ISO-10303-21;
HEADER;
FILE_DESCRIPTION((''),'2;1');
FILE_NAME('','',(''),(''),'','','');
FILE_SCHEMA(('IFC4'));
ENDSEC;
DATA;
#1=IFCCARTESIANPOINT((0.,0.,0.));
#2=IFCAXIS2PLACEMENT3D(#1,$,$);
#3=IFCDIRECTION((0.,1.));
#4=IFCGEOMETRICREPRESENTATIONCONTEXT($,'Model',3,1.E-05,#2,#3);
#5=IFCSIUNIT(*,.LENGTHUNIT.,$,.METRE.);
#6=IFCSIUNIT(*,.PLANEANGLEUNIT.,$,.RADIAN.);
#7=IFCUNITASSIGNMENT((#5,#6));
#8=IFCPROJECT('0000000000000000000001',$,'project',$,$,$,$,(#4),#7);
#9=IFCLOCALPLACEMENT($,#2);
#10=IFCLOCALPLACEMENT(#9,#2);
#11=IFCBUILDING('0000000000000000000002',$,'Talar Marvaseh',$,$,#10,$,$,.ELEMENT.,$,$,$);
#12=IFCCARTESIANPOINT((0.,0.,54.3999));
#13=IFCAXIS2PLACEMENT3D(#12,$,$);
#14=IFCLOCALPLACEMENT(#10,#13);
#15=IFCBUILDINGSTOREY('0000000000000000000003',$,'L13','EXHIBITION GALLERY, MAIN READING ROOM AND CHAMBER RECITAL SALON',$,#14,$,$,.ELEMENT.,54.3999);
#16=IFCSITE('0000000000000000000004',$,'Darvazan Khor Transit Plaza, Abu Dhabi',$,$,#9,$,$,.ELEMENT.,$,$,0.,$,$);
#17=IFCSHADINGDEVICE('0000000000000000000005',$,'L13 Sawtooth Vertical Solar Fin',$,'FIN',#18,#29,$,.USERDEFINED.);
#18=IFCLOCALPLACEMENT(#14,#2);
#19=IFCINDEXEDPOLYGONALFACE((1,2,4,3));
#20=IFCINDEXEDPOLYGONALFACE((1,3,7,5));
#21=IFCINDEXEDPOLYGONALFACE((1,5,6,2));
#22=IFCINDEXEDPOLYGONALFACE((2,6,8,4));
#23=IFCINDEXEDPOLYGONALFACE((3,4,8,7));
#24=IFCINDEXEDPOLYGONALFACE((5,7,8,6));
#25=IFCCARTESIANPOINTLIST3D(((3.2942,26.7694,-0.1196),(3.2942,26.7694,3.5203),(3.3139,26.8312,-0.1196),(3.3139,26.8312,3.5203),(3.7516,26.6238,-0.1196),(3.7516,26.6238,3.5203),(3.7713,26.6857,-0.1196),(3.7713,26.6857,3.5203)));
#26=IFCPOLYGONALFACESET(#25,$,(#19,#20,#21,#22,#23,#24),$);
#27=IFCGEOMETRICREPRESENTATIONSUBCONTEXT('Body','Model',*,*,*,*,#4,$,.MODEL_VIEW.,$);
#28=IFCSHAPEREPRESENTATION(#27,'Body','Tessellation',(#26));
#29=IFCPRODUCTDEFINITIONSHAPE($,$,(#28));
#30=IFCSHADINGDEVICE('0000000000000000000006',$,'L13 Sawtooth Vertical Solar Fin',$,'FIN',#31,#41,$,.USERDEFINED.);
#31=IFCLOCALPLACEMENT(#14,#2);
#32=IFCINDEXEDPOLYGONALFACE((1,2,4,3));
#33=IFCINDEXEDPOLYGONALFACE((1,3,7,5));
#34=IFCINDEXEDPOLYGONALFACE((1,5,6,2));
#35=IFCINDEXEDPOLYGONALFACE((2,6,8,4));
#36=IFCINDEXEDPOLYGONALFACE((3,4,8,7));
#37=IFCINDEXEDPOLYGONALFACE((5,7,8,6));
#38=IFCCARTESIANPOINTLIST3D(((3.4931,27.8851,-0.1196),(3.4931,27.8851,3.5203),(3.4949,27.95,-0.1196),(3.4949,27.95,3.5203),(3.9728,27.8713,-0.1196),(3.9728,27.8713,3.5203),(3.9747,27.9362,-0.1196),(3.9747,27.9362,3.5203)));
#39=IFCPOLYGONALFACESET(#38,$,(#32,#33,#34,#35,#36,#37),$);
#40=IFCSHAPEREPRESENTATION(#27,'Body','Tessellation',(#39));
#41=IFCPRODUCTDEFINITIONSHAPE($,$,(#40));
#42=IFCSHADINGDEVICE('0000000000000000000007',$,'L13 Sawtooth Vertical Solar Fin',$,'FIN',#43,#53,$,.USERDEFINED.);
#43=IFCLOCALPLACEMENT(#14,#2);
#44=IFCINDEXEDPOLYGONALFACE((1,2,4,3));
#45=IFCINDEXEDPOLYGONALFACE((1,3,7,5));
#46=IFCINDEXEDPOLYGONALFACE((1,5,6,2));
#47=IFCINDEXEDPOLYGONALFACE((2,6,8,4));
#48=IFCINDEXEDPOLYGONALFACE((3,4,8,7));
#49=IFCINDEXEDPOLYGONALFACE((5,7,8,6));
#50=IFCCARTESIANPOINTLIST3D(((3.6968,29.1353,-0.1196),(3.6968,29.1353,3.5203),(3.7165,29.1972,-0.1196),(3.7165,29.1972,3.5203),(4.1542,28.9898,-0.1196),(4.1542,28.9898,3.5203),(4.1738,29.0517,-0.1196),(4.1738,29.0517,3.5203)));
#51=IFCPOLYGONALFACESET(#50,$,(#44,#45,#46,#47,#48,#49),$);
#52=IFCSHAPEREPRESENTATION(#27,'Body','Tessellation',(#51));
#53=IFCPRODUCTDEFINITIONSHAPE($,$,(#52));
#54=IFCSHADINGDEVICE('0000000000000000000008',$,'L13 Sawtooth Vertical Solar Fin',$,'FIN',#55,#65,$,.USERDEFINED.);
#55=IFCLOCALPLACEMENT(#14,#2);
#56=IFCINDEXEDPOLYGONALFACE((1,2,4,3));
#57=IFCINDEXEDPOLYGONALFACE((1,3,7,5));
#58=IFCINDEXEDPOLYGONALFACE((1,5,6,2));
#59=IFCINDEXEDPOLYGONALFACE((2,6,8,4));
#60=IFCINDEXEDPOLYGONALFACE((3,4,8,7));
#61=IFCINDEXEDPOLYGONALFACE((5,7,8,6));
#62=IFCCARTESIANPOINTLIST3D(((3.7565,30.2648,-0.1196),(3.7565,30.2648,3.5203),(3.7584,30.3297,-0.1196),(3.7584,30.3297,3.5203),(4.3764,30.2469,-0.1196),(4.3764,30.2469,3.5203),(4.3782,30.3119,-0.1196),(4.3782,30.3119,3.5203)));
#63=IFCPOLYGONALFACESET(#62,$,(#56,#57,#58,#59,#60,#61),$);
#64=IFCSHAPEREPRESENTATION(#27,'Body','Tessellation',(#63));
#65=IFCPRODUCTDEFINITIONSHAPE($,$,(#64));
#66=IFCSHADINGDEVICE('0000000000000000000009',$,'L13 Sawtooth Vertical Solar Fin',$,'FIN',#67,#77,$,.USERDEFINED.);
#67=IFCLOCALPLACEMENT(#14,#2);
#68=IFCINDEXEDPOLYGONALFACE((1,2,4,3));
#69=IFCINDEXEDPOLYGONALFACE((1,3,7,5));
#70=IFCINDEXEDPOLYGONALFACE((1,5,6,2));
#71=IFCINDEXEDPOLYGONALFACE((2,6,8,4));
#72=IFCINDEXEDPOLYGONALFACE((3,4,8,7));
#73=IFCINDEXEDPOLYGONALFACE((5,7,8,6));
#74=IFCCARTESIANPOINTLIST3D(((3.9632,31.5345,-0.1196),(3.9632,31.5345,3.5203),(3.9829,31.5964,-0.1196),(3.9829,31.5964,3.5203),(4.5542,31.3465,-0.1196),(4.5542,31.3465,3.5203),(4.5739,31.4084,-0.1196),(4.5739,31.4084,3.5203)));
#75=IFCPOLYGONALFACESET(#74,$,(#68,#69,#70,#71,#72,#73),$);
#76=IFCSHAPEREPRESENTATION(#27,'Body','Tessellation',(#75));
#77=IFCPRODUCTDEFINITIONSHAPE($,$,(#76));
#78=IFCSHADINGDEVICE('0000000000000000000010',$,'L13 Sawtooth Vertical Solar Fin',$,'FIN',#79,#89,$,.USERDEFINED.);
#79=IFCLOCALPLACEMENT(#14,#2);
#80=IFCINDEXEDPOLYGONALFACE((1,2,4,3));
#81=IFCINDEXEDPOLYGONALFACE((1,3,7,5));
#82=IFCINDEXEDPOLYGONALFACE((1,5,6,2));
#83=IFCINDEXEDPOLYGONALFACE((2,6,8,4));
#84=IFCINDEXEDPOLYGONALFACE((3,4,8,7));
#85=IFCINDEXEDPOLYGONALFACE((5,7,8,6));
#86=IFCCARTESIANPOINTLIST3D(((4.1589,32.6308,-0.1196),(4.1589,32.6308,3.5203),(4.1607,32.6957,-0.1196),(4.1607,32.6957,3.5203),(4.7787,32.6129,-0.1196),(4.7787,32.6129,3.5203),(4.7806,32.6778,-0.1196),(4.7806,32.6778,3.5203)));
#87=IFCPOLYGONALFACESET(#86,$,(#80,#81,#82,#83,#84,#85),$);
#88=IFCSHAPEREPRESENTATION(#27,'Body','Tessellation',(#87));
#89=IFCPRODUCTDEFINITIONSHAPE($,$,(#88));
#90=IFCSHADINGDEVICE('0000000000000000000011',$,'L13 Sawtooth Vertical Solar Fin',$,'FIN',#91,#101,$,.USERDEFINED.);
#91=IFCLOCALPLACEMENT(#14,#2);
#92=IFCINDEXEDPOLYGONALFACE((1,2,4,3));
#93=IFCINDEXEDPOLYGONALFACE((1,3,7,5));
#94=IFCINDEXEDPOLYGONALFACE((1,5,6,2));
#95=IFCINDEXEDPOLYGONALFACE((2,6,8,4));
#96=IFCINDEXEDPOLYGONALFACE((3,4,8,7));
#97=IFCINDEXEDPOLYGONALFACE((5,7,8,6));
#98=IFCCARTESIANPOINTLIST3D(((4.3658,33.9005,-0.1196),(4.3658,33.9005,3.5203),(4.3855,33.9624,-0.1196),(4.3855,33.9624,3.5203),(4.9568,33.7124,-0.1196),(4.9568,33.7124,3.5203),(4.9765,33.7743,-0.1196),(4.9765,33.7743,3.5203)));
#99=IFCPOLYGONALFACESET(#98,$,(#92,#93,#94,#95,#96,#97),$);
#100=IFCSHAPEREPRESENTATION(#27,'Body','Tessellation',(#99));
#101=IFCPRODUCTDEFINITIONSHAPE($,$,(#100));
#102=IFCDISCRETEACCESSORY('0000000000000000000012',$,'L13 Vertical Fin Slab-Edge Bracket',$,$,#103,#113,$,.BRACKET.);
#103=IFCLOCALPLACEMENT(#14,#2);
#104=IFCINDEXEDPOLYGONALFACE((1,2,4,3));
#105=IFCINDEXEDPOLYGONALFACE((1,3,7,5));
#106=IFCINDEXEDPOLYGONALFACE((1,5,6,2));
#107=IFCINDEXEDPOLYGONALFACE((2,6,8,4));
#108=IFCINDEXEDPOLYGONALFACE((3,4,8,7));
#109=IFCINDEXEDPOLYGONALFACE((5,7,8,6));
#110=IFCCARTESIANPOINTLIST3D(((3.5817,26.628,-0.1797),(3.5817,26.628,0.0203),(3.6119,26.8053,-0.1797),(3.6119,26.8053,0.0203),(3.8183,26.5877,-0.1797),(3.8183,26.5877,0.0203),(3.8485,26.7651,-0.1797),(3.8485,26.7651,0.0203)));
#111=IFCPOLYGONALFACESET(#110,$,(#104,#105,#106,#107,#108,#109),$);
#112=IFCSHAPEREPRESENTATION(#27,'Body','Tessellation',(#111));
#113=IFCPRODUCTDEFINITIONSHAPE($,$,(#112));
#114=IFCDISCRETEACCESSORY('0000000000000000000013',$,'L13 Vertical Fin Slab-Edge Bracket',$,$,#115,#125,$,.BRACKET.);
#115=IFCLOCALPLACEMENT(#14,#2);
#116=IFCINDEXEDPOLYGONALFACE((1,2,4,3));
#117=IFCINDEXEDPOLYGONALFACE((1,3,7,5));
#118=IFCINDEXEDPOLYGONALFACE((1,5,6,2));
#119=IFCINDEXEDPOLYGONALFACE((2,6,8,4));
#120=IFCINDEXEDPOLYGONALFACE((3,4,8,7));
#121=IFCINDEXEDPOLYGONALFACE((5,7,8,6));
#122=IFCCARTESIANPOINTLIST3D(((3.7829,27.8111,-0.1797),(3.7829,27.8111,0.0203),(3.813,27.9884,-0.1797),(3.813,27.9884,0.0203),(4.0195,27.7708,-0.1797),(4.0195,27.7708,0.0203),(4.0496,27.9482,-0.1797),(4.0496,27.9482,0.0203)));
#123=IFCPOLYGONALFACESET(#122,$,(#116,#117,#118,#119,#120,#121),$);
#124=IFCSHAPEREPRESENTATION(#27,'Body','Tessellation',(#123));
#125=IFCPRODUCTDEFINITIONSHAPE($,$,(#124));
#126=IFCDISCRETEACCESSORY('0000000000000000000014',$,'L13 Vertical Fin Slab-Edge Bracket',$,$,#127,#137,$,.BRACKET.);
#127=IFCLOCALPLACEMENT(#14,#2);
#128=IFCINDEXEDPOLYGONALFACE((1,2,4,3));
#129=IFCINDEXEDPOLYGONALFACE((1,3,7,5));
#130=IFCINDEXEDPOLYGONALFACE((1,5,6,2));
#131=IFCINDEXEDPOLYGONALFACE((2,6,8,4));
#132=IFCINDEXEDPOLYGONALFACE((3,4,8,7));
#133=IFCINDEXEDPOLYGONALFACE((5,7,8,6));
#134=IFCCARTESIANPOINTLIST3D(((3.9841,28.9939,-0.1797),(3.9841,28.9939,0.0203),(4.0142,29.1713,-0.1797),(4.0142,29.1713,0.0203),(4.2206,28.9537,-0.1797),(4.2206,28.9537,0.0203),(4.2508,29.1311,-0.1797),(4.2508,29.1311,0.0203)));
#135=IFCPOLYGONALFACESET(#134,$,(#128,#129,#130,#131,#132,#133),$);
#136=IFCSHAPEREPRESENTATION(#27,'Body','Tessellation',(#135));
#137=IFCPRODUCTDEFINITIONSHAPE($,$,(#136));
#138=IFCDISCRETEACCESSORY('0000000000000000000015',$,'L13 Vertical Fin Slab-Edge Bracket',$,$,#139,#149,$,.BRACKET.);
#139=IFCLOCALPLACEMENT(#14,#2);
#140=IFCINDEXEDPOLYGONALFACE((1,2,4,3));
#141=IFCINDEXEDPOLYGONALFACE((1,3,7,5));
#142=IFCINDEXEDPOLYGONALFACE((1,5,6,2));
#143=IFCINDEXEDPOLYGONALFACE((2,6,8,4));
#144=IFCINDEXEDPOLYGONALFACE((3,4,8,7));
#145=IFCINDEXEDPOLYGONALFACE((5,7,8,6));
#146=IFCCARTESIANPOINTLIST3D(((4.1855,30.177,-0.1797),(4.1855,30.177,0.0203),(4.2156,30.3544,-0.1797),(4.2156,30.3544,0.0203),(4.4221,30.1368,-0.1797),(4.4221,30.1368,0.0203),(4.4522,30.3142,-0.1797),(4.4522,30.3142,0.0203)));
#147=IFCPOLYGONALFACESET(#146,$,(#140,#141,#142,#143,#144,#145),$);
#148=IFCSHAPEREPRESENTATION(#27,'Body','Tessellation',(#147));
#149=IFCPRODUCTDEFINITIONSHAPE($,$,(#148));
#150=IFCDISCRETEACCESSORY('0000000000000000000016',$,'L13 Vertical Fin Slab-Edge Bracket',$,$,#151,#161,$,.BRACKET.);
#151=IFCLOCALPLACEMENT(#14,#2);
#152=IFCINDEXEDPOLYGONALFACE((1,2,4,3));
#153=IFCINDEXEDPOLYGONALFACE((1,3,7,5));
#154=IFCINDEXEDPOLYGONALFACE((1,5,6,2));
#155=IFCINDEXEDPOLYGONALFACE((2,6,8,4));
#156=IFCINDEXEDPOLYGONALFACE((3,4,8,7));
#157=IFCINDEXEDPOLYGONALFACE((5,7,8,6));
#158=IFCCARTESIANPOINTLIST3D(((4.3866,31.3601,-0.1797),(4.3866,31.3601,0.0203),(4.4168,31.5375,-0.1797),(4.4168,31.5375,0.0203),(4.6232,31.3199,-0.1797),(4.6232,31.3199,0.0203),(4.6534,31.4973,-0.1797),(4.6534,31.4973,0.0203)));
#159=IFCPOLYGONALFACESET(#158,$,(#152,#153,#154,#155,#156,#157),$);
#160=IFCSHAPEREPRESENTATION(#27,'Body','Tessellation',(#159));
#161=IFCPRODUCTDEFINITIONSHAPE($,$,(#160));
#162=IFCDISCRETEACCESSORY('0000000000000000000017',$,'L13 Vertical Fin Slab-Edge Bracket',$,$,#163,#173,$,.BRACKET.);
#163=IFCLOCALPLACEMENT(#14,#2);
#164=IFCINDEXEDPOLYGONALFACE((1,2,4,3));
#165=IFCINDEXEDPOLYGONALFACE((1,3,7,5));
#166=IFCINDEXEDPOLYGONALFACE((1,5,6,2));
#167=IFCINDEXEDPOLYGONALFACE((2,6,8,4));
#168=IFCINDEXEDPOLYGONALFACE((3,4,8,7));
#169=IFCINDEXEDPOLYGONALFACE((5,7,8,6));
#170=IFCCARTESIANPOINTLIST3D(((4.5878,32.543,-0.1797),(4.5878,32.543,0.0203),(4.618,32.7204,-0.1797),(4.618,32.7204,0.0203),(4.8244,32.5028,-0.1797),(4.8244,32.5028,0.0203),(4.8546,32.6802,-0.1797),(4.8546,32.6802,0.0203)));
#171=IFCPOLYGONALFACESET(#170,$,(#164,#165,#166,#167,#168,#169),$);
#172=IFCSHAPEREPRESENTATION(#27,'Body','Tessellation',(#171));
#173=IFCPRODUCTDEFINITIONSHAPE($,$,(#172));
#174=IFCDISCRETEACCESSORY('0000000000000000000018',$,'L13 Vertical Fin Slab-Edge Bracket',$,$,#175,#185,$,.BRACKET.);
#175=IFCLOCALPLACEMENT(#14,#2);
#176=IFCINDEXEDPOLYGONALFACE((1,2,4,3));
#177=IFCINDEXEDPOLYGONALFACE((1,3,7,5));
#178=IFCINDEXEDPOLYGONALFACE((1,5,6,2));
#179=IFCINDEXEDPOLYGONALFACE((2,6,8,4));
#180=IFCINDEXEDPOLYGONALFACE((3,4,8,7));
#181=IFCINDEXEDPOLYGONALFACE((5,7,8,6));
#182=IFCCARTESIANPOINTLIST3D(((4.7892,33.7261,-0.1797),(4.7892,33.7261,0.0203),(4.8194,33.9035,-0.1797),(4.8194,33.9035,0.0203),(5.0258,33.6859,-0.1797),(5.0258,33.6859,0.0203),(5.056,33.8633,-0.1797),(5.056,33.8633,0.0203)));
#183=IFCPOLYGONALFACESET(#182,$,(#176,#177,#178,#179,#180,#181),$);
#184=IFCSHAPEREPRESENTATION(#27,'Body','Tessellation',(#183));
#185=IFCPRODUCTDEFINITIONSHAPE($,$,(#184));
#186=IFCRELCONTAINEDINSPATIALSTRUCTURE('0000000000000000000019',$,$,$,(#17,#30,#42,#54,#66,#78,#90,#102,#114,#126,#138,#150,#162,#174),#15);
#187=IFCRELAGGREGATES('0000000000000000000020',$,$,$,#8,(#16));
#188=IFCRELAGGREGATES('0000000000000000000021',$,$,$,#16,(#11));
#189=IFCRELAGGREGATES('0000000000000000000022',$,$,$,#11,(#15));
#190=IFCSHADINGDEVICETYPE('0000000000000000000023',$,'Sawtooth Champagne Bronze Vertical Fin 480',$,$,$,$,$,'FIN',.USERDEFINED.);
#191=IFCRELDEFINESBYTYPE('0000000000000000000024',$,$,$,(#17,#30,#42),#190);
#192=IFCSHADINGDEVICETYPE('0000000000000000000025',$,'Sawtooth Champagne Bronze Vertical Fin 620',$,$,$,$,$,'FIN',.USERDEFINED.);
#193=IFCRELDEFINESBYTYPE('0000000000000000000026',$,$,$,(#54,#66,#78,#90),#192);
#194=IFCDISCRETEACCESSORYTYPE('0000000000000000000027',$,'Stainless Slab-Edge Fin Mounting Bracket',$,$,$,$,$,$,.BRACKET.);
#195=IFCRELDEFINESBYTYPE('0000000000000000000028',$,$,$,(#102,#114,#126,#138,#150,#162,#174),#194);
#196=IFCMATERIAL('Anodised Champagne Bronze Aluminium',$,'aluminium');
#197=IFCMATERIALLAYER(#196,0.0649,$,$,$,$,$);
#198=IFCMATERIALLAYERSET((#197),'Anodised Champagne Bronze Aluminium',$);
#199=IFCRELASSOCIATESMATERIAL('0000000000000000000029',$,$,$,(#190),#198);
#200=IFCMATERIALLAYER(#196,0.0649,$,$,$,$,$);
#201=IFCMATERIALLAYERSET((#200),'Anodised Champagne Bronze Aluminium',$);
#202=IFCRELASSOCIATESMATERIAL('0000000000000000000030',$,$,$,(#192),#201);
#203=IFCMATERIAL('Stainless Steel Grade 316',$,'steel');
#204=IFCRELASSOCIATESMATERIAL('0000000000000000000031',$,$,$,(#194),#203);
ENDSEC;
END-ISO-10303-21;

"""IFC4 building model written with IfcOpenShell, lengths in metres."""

from ifc_helpers import new_model, si_unit, direction, frame, origin, origin_2d, place, context, subcontext, project, spatial, rectangle, extrude, source, transform, mapped, material, layer, layer_set, type_object, type_shapes, element, save


model = new_model("IFC4")

# Units and contexts
model_context = context("Model", 3, precision=1e-05, world=origin(), true_north=direction((0.0, 1.0)))
body_context = subcontext(model_context, "Body", "Model", "MODEL_VIEW")
ifc_project = project(units=[si_unit("LENGTHUNIT", "METRE"), si_unit("PLANEANGLEUNIT", "RADIAN")], contexts=[model_context])

# Site, building, storey
site_placement = place(None, origin())
site = spatial("IfcSite", under=ifc_project, at=site_placement, Name="Darvazan Khor Transit Plaza, Abu Dhabi", CompositionType="ELEMENT", RefElevation=0.0)
building_placement = place(site_placement, origin())
building = spatial("IfcBuilding", under=site, at=building_placement, Name="Talar Marvaseh", CompositionType="ELEMENT")
storey_placement = place(building_placement, frame((0.0, 0.0, 54.3999)))
storey = spatial("IfcBuildingStorey", under=building, at=storey_placement, Name="L13", Description="EXHIBITION GALLERY, MAIN READING ROOM AND CHAMBER RECITAL SALON", CompositionType="ELEMENT", Elevation=54.3999)

# Shading devices
ifc_material_1 = material(Name="Anodised Champagne Bronze Aluminium", Category="aluminium")
ifc_layer_1 = layer(ifc_material_1, 0.0649)
ifc_layer_set_1 = layer_set([ifc_layer_1], Name="Anodised Champagne Bronze Aluminium")
shading_device_type_1 = type_object("IfcShadingDeviceType", Name="Sawtooth Champagne Bronze Vertical Fin 480", ElementType="FIN", PredefinedType="USERDEFINED", material=ifc_layer_set_1)
shared_shape_1 = source(origin(), body_context, "Body", "SweptSolid", [
    extrude(rectangle(XDim=0.48, YDim=0.0649, at=origin_2d()), origin(), (0.0, 0.0, 1.0), 3.6399),
])
type_shapes(shading_device_type_1, [shared_shape_1])
for number, where, z_axis, x_axis, name in (
    (1, (3.5327, 26.7275, -0.1196), (0.0, 0.0, 1.0), (-0.952926, 0.303202, 0.0), "L13 Sawtooth Vertical Solar Fin"),
    (2, (3.7339, 27.9106, -0.1196), (0.0, 0.0, 1.0), (-0.999585, 0.028794, 0.0), "L13 Sawtooth Vertical Solar Fin"),
    (3, (3.9353, 29.0935, -0.1196), (0.0, 0.0, 1.0), (-0.952926, 0.303202, 0.0), "L13 Sawtooth Vertical Solar Fin"),
):
    element("IfcShadingDevice", number, at=place(storey_placement, frame(where, z_axis=z_axis, x_axis=x_axis)), inside=storey, type_object=shading_device_type_1, Name=name, ObjectType="FIN", PredefinedType="USERDEFINED", context=body_context, shape_type="MappedRepresentation", body=[
        mapped(shared_shape_1, transform((0.0, 0.0, 0.0), x_axis=(1.0, 0.0, 0.0), y_axis=(0.0, 1.0, 0.0), z_axis=(0.0, 0.0, 1.0), scale=1.0)),
    ])
ifc_layer_2 = layer(ifc_material_1, 0.0649)
ifc_layer_set_2 = layer_set([ifc_layer_2], Name="Anodised Champagne Bronze Aluminium")
shading_device_type_2 = type_object("IfcShadingDeviceType", Name="Sawtooth Champagne Bronze Vertical Fin 620", ElementType="FIN", PredefinedType="USERDEFINED", material=ifc_layer_set_2)
shared_shape_2 = source(origin(), body_context, "Body", "SweptSolid", [
    extrude(rectangle(XDim=0.6201, YDim=0.0649, at=origin_2d()), origin(), (0.0, 0.0, 1.0), 3.6399),
])
type_shapes(shading_device_type_2, [shared_shape_2])
for number, where, z_axis, x_axis, name in (
    (4, (4.0674, 30.2883, -0.1196), (0.0, 0.0, 1.0), (-0.999585, 0.028794, 0.0), "L13 Sawtooth Vertical Solar Fin"),
    (5, (4.2686, 31.4714, -0.1196), (0.0, 0.0, 1.0), (-0.952926, 0.303202, 0.0), "L13 Sawtooth Vertical Solar Fin"),
    (6, (4.4697, 32.6543, -0.1196), (0.0, 0.0, 1.0), (-0.999585, 0.028794, 0.0), "L13 Sawtooth Vertical Solar Fin"),
    (7, (4.6711, 33.8374, -0.1196), (0.0, 0.0, 1.0), (-0.952926, 0.303202, 0.0), "L13 Sawtooth Vertical Solar Fin"),
):
    element("IfcShadingDevice", number, at=place(storey_placement, frame(where, z_axis=z_axis, x_axis=x_axis)), inside=storey, type_object=shading_device_type_2, Name=name, ObjectType="FIN", PredefinedType="USERDEFINED", context=body_context, shape_type="MappedRepresentation", body=[
        mapped(shared_shape_2, transform((0.0, 0.0, 0.0), x_axis=(1.0, 0.0, 0.0), y_axis=(0.0, 1.0, 0.0), z_axis=(0.0, 0.0, 1.0), scale=1.0)),
    ])

# Discrete accessories
ifc_material_2 = material(Name="Stainless Steel Grade 316", Category="steel")
discrete_accessory_type = type_object("IfcDiscreteAccessoryType", Name="Stainless Slab-Edge Fin Mounting Bracket", PredefinedType="BRACKET", material=ifc_material_2)
shared_shape_3 = source(origin(), body_context, "Body", "SweptSolid", [
    extrude(rectangle(XDim=0.24, YDim=0.1799, at=origin_2d()), origin(), (0.0, 0.0, 1.0), 0.2),
])
type_shapes(discrete_accessory_type, [shared_shape_3])
for number, where, z_axis, x_axis, name in (
    (8, (3.7151, 26.6965, -0.1797), (0.0, 0.0, 1.0), (-0.98585, 0.167629, 0.0), "L13 Vertical Fin Slab-Edge Bracket"),
    (9, (3.9163, 27.8796, -0.1797), (0.0, 0.0, 1.0), (-0.98585, 0.167629, 0.0), "L13 Vertical Fin Slab-Edge Bracket"),
    (10, (4.1174, 29.0625, -0.1797), (0.0, 0.0, 1.0), (-0.98585, 0.167629, 0.0), "L13 Vertical Fin Slab-Edge Bracket"),
    (11, (4.3188, 30.2456, -0.1797), (0.0, 0.0, 1.0), (-0.98585, 0.167629, 0.0), "L13 Vertical Fin Slab-Edge Bracket"),
    (12, (4.52, 31.4287, -0.1797), (0.0, 0.0, 1.0), (-0.98585, 0.167629, 0.0), "L13 Vertical Fin Slab-Edge Bracket"),
    (13, (4.7212, 32.6116, -0.1797), (0.0, 0.0, 1.0), (-0.98585, 0.167629, 0.0), "L13 Vertical Fin Slab-Edge Bracket"),
    (14, (4.9226, 33.7947, -0.1797), (0.0, 0.0, 1.0), (-0.98585, 0.167629, 0.0), "L13 Vertical Fin Slab-Edge Bracket"),
):
    element("IfcDiscreteAccessory", number, at=place(storey_placement, frame(where, z_axis=z_axis, x_axis=x_axis)), inside=storey, type_object=discrete_accessory_type, Name=name, PredefinedType="BRACKET", context=body_context, shape_type="MappedRepresentation", body=[
        mapped(shared_shape_3, transform((0.0, 0.0, 0.0), x_axis=(1.0, 0.0, 0.0), y_axis=(0.0, 1.0, 0.0), z_axis=(0.0, 0.0, 1.0), scale=1.0)),
    ])

save(model, "model.ifc")
